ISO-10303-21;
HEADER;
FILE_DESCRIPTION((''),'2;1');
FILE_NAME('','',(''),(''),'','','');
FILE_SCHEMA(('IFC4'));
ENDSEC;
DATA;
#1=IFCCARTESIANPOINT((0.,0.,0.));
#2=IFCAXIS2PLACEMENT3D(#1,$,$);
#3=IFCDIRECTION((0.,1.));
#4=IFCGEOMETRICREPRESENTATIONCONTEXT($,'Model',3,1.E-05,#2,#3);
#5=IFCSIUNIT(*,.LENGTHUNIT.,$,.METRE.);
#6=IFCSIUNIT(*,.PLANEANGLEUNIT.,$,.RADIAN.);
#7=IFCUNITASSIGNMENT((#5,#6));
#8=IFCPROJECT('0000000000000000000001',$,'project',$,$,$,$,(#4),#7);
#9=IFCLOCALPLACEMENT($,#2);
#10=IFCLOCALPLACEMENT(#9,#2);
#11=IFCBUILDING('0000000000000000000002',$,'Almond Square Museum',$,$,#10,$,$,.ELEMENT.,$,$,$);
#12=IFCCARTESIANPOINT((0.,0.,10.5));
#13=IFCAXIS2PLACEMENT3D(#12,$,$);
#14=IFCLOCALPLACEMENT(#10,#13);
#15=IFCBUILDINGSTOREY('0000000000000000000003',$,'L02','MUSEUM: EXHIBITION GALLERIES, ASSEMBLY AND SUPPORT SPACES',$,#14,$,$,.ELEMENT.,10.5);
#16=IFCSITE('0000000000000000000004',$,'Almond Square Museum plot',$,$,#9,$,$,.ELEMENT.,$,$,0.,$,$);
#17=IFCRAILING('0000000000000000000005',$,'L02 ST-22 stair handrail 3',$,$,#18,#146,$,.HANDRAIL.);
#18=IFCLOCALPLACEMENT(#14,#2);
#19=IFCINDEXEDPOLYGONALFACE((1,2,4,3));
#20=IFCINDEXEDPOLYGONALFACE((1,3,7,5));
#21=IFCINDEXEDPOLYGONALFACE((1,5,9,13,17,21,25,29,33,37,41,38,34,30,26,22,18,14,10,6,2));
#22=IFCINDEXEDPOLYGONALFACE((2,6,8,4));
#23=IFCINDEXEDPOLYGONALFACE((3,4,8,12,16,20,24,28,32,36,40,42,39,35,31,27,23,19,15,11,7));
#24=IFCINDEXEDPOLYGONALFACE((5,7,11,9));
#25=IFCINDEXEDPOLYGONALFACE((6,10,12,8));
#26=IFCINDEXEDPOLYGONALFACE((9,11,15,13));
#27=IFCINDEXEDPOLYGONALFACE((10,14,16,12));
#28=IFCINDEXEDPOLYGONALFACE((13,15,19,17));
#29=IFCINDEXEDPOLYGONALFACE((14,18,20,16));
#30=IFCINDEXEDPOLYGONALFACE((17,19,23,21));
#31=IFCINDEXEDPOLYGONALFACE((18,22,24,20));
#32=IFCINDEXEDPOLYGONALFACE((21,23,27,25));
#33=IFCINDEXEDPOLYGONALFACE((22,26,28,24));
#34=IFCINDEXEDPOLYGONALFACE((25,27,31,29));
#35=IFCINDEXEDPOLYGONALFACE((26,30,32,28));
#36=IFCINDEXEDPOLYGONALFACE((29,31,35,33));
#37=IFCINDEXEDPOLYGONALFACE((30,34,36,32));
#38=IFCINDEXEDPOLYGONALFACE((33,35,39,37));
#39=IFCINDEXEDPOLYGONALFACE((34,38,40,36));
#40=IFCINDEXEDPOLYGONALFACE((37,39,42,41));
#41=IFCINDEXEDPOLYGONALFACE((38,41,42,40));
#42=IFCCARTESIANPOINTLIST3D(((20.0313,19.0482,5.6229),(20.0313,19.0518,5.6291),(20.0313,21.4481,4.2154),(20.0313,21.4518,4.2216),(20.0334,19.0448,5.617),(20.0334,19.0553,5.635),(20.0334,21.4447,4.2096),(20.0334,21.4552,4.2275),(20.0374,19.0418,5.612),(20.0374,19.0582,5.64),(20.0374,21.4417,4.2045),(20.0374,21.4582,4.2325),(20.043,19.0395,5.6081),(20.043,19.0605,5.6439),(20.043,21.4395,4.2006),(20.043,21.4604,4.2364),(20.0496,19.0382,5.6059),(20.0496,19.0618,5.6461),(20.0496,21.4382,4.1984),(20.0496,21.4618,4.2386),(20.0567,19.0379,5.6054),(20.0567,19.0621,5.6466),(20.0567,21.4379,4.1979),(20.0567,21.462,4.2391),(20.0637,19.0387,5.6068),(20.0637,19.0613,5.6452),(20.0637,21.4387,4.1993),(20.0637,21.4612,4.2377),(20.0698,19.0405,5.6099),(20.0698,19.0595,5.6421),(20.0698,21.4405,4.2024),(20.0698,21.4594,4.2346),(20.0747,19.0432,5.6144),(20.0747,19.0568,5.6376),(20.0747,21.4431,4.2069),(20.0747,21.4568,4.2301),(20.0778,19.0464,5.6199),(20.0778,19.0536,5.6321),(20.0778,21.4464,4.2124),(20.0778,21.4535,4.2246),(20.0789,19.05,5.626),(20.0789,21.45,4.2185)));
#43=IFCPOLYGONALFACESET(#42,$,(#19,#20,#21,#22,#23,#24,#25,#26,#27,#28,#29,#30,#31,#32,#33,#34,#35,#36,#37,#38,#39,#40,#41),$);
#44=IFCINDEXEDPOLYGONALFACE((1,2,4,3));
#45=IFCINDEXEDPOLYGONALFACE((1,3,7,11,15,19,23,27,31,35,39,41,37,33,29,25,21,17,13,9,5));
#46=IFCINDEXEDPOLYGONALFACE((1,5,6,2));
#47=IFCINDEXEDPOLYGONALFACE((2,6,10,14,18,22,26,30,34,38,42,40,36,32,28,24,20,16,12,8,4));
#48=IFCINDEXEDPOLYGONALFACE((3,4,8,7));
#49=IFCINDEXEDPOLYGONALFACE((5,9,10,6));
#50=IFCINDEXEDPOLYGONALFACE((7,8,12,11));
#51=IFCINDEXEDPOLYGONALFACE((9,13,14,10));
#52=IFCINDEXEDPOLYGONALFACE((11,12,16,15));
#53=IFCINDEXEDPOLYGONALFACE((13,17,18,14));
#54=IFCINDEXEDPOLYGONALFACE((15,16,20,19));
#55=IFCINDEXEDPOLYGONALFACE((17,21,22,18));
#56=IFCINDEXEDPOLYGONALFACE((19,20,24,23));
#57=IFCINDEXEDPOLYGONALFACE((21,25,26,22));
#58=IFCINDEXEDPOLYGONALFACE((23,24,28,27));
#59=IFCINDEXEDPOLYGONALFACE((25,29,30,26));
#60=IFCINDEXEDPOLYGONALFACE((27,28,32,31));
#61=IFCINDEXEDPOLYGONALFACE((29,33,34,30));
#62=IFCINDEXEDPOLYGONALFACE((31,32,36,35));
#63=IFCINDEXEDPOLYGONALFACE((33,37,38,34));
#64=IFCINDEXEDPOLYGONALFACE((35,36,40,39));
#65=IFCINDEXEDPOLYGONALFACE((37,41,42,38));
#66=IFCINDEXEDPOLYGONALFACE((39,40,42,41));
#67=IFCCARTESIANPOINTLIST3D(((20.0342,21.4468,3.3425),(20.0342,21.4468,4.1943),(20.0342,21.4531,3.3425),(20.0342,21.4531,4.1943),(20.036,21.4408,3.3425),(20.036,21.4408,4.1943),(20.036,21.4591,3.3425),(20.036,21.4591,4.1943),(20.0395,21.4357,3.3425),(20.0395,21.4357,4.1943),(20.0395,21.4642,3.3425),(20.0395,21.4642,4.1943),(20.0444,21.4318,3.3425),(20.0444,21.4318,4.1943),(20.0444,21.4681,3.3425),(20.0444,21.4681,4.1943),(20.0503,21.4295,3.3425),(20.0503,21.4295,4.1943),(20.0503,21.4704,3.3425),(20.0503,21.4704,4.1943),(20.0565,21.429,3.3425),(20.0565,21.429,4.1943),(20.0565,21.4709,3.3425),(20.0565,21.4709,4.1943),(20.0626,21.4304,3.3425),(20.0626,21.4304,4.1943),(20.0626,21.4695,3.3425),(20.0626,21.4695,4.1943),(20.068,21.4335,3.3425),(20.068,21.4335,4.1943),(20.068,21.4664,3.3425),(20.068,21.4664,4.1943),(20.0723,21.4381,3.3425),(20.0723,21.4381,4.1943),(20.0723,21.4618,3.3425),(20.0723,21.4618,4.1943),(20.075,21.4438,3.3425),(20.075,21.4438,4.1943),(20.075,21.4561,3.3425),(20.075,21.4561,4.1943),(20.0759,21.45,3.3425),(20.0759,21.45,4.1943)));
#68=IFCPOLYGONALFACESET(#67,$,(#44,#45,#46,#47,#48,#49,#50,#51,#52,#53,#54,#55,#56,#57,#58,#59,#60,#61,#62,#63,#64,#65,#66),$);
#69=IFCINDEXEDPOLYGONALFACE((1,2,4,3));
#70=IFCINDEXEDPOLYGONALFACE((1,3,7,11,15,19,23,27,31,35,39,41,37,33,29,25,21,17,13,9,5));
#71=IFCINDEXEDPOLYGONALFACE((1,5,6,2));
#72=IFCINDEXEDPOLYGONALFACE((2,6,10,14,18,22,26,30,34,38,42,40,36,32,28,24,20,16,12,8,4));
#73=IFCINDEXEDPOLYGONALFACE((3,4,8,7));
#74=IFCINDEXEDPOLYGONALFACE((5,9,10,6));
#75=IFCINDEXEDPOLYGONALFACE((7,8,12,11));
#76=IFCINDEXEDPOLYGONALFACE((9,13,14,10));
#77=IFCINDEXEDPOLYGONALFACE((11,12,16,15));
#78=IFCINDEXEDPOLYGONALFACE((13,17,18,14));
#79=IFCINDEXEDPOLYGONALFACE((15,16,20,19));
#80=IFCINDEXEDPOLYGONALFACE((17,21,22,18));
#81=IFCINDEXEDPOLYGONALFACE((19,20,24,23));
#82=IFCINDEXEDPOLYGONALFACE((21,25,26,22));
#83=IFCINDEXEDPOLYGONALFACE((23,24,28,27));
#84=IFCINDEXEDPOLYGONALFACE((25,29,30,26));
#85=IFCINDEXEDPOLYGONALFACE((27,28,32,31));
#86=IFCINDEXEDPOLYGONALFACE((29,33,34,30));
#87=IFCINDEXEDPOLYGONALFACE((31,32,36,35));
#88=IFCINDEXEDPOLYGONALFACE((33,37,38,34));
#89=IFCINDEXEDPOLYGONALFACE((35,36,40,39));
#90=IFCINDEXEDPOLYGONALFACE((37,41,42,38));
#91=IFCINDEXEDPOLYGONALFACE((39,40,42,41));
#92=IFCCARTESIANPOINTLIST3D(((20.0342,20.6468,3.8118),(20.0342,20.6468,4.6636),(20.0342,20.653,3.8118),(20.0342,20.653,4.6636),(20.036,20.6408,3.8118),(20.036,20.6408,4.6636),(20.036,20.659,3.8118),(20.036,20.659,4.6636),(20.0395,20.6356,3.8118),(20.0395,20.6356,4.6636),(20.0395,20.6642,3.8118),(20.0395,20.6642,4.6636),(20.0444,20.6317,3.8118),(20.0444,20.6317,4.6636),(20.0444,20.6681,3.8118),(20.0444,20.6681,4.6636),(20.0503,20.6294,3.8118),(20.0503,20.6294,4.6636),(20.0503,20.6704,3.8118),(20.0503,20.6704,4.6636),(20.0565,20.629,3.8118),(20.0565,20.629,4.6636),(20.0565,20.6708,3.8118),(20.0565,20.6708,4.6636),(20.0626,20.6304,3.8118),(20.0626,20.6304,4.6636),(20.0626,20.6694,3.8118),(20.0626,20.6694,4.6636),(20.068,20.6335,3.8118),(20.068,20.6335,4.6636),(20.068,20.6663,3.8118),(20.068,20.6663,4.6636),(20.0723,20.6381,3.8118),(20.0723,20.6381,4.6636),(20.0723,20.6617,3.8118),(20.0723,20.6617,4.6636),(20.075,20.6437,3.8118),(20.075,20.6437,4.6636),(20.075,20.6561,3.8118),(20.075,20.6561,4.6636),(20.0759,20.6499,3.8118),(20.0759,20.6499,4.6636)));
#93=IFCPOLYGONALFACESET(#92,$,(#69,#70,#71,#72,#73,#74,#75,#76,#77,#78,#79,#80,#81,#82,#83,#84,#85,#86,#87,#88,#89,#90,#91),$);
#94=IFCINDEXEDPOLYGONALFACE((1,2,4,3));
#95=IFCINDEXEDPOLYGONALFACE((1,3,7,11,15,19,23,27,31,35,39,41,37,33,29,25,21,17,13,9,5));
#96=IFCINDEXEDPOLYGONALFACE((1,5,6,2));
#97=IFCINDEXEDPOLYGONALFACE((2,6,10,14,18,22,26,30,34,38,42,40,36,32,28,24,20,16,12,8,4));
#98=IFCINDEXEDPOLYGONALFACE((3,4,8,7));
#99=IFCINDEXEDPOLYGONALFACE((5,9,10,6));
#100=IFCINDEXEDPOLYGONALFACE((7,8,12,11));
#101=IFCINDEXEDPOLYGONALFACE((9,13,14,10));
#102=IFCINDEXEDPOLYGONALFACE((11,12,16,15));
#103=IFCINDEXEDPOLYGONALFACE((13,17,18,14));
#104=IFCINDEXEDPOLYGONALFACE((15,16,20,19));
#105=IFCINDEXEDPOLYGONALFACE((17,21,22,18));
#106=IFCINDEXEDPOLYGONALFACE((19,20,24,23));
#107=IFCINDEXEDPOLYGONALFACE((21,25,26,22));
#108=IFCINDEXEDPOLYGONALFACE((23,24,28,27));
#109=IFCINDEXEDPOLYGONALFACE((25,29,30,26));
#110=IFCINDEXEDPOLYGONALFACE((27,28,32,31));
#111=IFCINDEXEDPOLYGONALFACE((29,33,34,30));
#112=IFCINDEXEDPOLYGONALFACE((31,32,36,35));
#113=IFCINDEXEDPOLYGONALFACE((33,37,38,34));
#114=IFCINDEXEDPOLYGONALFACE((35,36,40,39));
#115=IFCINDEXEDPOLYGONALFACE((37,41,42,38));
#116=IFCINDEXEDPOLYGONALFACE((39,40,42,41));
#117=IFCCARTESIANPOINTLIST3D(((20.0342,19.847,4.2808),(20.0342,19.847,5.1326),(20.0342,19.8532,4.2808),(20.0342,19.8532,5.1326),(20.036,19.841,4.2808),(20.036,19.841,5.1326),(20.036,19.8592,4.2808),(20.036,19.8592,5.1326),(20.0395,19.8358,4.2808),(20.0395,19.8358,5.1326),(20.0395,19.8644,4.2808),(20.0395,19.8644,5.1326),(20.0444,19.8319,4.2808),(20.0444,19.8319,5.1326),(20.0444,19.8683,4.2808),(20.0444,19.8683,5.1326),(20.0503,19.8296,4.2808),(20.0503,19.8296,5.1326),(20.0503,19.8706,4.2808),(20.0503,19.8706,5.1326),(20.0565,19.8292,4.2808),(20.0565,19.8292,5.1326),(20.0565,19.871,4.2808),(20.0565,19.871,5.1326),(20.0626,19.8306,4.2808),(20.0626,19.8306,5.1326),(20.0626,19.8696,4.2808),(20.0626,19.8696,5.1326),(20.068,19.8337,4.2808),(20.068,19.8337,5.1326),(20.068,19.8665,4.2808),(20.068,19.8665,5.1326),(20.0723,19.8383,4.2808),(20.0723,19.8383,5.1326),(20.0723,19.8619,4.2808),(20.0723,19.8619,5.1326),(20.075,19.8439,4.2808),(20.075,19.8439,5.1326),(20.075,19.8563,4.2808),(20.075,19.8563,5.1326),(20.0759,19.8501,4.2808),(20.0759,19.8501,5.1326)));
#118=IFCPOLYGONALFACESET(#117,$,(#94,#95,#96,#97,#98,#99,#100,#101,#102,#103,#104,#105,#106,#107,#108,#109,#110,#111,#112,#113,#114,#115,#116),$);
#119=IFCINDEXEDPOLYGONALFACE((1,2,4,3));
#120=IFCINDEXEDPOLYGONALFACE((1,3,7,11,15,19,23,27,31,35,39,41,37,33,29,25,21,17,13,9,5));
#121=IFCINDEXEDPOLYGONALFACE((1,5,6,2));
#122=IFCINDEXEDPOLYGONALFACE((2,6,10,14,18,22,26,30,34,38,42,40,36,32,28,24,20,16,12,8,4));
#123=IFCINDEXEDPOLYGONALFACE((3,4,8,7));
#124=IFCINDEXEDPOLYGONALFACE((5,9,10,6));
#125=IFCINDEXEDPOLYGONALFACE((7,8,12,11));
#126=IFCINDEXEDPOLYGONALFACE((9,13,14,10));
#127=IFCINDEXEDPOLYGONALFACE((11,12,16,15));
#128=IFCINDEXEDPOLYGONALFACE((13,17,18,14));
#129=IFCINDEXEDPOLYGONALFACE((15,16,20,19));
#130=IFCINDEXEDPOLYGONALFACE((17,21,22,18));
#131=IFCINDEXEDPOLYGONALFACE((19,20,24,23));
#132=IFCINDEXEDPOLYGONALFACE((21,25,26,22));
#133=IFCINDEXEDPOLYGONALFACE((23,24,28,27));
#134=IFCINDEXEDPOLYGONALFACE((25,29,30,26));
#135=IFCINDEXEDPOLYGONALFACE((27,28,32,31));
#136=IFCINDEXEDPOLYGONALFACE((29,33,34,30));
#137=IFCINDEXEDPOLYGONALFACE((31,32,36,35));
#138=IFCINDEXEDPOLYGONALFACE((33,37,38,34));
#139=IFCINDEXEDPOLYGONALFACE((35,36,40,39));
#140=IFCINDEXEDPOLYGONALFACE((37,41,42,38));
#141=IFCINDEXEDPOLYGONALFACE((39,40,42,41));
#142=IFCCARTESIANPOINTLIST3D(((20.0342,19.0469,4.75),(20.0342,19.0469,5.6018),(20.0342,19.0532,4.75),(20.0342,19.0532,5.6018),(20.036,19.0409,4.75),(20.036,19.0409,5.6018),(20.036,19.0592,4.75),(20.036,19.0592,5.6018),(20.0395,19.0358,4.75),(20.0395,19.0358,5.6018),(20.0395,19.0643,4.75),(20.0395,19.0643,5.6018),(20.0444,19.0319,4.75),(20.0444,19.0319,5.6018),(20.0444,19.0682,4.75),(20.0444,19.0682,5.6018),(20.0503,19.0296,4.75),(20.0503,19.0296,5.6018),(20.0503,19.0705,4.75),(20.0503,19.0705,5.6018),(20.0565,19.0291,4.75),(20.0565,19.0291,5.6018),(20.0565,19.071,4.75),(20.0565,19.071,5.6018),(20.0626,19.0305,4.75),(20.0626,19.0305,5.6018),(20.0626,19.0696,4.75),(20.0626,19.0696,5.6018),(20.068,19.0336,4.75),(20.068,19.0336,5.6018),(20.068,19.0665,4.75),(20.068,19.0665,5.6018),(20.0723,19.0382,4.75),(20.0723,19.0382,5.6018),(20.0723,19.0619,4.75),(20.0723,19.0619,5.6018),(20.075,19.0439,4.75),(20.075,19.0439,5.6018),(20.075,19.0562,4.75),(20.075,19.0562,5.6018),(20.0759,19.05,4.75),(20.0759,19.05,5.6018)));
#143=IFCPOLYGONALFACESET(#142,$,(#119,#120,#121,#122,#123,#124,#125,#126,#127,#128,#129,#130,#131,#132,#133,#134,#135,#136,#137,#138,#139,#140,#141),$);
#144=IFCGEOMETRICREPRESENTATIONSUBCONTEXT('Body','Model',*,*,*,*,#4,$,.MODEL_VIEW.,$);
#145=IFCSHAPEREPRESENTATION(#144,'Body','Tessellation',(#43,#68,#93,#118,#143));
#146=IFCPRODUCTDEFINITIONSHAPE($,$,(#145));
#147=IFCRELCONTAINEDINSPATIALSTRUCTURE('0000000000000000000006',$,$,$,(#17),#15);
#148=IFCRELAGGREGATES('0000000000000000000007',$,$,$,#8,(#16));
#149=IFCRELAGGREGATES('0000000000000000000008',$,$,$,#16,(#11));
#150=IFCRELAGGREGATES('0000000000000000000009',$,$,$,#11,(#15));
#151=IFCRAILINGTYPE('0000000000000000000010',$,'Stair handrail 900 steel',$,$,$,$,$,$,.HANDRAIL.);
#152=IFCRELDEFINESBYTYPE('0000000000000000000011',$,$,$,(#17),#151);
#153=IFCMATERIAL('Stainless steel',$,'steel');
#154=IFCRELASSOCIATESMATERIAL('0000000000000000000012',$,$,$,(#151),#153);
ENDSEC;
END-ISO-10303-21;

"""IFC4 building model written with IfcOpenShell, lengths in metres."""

from ifc_helpers import new_model, si_unit, direction, frame, origin, origin_2d, place, context, subcontext, project, spatial, circle, extrude, material, type_object, element, save


model = new_model("IFC4")

# Units and contexts
model_context = context("Model", 3, precision=1e-05, world=origin(), true_north=direction((0.0, 1.0)))
body_context = subcontext(model_context, "Body", "Model", "MODEL_VIEW")
ifc_project = project(units=[si_unit("LENGTHUNIT", "METRE"), si_unit("PLANEANGLEUNIT", "RADIAN")], contexts=[model_context])

# Site, building, storey
site_placement = place(None, origin())
site = spatial("IfcSite", under=ifc_project, at=site_placement, Name="Almond Square Museum plot", CompositionType="ELEMENT", RefElevation=0.0)
building_placement = place(site_placement, origin())
building = spatial("IfcBuilding", under=site, at=building_placement, Name="Almond Square Museum", CompositionType="ELEMENT")
storey_placement = place(building_placement, frame((0.0, 0.0, 10.5)))
storey = spatial("IfcBuildingStorey", under=building, at=storey_placement, Name="L02", Description="MUSEUM: EXHIBITION GALLERIES, ASSEMBLY AND SUPPORT SPACES", CompositionType="ELEMENT", Elevation=10.5)

# Railing
ifc_material_1 = material(Name="Stainless steel", Category="steel")
railing_type_1 = type_object("IfcRailingType", Name="Stair handrail 900 steel", PredefinedType="HANDRAIL", material=ifc_material_1)
for number, where, name in (
    (1, (20.0549, 21.45, 3.3425), "L02 ST-22 stair handrail 3"),
):
    element("IfcRailing", number, at=place(storey_placement, frame(where)), inside=storey, type_object=railing_type_1, Name=name, PredefinedType="HANDRAIL", context=body_context, shape_type="SweptSolid", body=[
        extrude(circle(Radius=0.0239, at=origin_2d()), frame((0.0, 0.0, 0.876), z_axis=(0.0, -0.862599, 0.505888), x_axis=(1.0, 0.0, 0.0)), (0.0, 0.0, 1.0), 2.7822),
        extrude(circle(Radius=0.021, at=origin_2d()), origin(), (0.0, 0.0, 1.0), 0.8518),
        extrude(circle(Radius=0.021, at=origin_2d()), frame((0.0, -0.8, 0.4692)), (0.0, 0.0, 1.0), 0.8518),
        extrude(circle(Radius=0.021, at=origin_2d()), frame((0.0, -1.5999, 0.9382)), (0.0, 0.0, 1.0), 0.8518),
        extrude(circle(Radius=0.021, at=origin_2d()), frame((0.0, -2.3999, 1.4075)), (0.0, 0.0, 1.0), 0.8518),
    ])

save(model, "model.ifc")
